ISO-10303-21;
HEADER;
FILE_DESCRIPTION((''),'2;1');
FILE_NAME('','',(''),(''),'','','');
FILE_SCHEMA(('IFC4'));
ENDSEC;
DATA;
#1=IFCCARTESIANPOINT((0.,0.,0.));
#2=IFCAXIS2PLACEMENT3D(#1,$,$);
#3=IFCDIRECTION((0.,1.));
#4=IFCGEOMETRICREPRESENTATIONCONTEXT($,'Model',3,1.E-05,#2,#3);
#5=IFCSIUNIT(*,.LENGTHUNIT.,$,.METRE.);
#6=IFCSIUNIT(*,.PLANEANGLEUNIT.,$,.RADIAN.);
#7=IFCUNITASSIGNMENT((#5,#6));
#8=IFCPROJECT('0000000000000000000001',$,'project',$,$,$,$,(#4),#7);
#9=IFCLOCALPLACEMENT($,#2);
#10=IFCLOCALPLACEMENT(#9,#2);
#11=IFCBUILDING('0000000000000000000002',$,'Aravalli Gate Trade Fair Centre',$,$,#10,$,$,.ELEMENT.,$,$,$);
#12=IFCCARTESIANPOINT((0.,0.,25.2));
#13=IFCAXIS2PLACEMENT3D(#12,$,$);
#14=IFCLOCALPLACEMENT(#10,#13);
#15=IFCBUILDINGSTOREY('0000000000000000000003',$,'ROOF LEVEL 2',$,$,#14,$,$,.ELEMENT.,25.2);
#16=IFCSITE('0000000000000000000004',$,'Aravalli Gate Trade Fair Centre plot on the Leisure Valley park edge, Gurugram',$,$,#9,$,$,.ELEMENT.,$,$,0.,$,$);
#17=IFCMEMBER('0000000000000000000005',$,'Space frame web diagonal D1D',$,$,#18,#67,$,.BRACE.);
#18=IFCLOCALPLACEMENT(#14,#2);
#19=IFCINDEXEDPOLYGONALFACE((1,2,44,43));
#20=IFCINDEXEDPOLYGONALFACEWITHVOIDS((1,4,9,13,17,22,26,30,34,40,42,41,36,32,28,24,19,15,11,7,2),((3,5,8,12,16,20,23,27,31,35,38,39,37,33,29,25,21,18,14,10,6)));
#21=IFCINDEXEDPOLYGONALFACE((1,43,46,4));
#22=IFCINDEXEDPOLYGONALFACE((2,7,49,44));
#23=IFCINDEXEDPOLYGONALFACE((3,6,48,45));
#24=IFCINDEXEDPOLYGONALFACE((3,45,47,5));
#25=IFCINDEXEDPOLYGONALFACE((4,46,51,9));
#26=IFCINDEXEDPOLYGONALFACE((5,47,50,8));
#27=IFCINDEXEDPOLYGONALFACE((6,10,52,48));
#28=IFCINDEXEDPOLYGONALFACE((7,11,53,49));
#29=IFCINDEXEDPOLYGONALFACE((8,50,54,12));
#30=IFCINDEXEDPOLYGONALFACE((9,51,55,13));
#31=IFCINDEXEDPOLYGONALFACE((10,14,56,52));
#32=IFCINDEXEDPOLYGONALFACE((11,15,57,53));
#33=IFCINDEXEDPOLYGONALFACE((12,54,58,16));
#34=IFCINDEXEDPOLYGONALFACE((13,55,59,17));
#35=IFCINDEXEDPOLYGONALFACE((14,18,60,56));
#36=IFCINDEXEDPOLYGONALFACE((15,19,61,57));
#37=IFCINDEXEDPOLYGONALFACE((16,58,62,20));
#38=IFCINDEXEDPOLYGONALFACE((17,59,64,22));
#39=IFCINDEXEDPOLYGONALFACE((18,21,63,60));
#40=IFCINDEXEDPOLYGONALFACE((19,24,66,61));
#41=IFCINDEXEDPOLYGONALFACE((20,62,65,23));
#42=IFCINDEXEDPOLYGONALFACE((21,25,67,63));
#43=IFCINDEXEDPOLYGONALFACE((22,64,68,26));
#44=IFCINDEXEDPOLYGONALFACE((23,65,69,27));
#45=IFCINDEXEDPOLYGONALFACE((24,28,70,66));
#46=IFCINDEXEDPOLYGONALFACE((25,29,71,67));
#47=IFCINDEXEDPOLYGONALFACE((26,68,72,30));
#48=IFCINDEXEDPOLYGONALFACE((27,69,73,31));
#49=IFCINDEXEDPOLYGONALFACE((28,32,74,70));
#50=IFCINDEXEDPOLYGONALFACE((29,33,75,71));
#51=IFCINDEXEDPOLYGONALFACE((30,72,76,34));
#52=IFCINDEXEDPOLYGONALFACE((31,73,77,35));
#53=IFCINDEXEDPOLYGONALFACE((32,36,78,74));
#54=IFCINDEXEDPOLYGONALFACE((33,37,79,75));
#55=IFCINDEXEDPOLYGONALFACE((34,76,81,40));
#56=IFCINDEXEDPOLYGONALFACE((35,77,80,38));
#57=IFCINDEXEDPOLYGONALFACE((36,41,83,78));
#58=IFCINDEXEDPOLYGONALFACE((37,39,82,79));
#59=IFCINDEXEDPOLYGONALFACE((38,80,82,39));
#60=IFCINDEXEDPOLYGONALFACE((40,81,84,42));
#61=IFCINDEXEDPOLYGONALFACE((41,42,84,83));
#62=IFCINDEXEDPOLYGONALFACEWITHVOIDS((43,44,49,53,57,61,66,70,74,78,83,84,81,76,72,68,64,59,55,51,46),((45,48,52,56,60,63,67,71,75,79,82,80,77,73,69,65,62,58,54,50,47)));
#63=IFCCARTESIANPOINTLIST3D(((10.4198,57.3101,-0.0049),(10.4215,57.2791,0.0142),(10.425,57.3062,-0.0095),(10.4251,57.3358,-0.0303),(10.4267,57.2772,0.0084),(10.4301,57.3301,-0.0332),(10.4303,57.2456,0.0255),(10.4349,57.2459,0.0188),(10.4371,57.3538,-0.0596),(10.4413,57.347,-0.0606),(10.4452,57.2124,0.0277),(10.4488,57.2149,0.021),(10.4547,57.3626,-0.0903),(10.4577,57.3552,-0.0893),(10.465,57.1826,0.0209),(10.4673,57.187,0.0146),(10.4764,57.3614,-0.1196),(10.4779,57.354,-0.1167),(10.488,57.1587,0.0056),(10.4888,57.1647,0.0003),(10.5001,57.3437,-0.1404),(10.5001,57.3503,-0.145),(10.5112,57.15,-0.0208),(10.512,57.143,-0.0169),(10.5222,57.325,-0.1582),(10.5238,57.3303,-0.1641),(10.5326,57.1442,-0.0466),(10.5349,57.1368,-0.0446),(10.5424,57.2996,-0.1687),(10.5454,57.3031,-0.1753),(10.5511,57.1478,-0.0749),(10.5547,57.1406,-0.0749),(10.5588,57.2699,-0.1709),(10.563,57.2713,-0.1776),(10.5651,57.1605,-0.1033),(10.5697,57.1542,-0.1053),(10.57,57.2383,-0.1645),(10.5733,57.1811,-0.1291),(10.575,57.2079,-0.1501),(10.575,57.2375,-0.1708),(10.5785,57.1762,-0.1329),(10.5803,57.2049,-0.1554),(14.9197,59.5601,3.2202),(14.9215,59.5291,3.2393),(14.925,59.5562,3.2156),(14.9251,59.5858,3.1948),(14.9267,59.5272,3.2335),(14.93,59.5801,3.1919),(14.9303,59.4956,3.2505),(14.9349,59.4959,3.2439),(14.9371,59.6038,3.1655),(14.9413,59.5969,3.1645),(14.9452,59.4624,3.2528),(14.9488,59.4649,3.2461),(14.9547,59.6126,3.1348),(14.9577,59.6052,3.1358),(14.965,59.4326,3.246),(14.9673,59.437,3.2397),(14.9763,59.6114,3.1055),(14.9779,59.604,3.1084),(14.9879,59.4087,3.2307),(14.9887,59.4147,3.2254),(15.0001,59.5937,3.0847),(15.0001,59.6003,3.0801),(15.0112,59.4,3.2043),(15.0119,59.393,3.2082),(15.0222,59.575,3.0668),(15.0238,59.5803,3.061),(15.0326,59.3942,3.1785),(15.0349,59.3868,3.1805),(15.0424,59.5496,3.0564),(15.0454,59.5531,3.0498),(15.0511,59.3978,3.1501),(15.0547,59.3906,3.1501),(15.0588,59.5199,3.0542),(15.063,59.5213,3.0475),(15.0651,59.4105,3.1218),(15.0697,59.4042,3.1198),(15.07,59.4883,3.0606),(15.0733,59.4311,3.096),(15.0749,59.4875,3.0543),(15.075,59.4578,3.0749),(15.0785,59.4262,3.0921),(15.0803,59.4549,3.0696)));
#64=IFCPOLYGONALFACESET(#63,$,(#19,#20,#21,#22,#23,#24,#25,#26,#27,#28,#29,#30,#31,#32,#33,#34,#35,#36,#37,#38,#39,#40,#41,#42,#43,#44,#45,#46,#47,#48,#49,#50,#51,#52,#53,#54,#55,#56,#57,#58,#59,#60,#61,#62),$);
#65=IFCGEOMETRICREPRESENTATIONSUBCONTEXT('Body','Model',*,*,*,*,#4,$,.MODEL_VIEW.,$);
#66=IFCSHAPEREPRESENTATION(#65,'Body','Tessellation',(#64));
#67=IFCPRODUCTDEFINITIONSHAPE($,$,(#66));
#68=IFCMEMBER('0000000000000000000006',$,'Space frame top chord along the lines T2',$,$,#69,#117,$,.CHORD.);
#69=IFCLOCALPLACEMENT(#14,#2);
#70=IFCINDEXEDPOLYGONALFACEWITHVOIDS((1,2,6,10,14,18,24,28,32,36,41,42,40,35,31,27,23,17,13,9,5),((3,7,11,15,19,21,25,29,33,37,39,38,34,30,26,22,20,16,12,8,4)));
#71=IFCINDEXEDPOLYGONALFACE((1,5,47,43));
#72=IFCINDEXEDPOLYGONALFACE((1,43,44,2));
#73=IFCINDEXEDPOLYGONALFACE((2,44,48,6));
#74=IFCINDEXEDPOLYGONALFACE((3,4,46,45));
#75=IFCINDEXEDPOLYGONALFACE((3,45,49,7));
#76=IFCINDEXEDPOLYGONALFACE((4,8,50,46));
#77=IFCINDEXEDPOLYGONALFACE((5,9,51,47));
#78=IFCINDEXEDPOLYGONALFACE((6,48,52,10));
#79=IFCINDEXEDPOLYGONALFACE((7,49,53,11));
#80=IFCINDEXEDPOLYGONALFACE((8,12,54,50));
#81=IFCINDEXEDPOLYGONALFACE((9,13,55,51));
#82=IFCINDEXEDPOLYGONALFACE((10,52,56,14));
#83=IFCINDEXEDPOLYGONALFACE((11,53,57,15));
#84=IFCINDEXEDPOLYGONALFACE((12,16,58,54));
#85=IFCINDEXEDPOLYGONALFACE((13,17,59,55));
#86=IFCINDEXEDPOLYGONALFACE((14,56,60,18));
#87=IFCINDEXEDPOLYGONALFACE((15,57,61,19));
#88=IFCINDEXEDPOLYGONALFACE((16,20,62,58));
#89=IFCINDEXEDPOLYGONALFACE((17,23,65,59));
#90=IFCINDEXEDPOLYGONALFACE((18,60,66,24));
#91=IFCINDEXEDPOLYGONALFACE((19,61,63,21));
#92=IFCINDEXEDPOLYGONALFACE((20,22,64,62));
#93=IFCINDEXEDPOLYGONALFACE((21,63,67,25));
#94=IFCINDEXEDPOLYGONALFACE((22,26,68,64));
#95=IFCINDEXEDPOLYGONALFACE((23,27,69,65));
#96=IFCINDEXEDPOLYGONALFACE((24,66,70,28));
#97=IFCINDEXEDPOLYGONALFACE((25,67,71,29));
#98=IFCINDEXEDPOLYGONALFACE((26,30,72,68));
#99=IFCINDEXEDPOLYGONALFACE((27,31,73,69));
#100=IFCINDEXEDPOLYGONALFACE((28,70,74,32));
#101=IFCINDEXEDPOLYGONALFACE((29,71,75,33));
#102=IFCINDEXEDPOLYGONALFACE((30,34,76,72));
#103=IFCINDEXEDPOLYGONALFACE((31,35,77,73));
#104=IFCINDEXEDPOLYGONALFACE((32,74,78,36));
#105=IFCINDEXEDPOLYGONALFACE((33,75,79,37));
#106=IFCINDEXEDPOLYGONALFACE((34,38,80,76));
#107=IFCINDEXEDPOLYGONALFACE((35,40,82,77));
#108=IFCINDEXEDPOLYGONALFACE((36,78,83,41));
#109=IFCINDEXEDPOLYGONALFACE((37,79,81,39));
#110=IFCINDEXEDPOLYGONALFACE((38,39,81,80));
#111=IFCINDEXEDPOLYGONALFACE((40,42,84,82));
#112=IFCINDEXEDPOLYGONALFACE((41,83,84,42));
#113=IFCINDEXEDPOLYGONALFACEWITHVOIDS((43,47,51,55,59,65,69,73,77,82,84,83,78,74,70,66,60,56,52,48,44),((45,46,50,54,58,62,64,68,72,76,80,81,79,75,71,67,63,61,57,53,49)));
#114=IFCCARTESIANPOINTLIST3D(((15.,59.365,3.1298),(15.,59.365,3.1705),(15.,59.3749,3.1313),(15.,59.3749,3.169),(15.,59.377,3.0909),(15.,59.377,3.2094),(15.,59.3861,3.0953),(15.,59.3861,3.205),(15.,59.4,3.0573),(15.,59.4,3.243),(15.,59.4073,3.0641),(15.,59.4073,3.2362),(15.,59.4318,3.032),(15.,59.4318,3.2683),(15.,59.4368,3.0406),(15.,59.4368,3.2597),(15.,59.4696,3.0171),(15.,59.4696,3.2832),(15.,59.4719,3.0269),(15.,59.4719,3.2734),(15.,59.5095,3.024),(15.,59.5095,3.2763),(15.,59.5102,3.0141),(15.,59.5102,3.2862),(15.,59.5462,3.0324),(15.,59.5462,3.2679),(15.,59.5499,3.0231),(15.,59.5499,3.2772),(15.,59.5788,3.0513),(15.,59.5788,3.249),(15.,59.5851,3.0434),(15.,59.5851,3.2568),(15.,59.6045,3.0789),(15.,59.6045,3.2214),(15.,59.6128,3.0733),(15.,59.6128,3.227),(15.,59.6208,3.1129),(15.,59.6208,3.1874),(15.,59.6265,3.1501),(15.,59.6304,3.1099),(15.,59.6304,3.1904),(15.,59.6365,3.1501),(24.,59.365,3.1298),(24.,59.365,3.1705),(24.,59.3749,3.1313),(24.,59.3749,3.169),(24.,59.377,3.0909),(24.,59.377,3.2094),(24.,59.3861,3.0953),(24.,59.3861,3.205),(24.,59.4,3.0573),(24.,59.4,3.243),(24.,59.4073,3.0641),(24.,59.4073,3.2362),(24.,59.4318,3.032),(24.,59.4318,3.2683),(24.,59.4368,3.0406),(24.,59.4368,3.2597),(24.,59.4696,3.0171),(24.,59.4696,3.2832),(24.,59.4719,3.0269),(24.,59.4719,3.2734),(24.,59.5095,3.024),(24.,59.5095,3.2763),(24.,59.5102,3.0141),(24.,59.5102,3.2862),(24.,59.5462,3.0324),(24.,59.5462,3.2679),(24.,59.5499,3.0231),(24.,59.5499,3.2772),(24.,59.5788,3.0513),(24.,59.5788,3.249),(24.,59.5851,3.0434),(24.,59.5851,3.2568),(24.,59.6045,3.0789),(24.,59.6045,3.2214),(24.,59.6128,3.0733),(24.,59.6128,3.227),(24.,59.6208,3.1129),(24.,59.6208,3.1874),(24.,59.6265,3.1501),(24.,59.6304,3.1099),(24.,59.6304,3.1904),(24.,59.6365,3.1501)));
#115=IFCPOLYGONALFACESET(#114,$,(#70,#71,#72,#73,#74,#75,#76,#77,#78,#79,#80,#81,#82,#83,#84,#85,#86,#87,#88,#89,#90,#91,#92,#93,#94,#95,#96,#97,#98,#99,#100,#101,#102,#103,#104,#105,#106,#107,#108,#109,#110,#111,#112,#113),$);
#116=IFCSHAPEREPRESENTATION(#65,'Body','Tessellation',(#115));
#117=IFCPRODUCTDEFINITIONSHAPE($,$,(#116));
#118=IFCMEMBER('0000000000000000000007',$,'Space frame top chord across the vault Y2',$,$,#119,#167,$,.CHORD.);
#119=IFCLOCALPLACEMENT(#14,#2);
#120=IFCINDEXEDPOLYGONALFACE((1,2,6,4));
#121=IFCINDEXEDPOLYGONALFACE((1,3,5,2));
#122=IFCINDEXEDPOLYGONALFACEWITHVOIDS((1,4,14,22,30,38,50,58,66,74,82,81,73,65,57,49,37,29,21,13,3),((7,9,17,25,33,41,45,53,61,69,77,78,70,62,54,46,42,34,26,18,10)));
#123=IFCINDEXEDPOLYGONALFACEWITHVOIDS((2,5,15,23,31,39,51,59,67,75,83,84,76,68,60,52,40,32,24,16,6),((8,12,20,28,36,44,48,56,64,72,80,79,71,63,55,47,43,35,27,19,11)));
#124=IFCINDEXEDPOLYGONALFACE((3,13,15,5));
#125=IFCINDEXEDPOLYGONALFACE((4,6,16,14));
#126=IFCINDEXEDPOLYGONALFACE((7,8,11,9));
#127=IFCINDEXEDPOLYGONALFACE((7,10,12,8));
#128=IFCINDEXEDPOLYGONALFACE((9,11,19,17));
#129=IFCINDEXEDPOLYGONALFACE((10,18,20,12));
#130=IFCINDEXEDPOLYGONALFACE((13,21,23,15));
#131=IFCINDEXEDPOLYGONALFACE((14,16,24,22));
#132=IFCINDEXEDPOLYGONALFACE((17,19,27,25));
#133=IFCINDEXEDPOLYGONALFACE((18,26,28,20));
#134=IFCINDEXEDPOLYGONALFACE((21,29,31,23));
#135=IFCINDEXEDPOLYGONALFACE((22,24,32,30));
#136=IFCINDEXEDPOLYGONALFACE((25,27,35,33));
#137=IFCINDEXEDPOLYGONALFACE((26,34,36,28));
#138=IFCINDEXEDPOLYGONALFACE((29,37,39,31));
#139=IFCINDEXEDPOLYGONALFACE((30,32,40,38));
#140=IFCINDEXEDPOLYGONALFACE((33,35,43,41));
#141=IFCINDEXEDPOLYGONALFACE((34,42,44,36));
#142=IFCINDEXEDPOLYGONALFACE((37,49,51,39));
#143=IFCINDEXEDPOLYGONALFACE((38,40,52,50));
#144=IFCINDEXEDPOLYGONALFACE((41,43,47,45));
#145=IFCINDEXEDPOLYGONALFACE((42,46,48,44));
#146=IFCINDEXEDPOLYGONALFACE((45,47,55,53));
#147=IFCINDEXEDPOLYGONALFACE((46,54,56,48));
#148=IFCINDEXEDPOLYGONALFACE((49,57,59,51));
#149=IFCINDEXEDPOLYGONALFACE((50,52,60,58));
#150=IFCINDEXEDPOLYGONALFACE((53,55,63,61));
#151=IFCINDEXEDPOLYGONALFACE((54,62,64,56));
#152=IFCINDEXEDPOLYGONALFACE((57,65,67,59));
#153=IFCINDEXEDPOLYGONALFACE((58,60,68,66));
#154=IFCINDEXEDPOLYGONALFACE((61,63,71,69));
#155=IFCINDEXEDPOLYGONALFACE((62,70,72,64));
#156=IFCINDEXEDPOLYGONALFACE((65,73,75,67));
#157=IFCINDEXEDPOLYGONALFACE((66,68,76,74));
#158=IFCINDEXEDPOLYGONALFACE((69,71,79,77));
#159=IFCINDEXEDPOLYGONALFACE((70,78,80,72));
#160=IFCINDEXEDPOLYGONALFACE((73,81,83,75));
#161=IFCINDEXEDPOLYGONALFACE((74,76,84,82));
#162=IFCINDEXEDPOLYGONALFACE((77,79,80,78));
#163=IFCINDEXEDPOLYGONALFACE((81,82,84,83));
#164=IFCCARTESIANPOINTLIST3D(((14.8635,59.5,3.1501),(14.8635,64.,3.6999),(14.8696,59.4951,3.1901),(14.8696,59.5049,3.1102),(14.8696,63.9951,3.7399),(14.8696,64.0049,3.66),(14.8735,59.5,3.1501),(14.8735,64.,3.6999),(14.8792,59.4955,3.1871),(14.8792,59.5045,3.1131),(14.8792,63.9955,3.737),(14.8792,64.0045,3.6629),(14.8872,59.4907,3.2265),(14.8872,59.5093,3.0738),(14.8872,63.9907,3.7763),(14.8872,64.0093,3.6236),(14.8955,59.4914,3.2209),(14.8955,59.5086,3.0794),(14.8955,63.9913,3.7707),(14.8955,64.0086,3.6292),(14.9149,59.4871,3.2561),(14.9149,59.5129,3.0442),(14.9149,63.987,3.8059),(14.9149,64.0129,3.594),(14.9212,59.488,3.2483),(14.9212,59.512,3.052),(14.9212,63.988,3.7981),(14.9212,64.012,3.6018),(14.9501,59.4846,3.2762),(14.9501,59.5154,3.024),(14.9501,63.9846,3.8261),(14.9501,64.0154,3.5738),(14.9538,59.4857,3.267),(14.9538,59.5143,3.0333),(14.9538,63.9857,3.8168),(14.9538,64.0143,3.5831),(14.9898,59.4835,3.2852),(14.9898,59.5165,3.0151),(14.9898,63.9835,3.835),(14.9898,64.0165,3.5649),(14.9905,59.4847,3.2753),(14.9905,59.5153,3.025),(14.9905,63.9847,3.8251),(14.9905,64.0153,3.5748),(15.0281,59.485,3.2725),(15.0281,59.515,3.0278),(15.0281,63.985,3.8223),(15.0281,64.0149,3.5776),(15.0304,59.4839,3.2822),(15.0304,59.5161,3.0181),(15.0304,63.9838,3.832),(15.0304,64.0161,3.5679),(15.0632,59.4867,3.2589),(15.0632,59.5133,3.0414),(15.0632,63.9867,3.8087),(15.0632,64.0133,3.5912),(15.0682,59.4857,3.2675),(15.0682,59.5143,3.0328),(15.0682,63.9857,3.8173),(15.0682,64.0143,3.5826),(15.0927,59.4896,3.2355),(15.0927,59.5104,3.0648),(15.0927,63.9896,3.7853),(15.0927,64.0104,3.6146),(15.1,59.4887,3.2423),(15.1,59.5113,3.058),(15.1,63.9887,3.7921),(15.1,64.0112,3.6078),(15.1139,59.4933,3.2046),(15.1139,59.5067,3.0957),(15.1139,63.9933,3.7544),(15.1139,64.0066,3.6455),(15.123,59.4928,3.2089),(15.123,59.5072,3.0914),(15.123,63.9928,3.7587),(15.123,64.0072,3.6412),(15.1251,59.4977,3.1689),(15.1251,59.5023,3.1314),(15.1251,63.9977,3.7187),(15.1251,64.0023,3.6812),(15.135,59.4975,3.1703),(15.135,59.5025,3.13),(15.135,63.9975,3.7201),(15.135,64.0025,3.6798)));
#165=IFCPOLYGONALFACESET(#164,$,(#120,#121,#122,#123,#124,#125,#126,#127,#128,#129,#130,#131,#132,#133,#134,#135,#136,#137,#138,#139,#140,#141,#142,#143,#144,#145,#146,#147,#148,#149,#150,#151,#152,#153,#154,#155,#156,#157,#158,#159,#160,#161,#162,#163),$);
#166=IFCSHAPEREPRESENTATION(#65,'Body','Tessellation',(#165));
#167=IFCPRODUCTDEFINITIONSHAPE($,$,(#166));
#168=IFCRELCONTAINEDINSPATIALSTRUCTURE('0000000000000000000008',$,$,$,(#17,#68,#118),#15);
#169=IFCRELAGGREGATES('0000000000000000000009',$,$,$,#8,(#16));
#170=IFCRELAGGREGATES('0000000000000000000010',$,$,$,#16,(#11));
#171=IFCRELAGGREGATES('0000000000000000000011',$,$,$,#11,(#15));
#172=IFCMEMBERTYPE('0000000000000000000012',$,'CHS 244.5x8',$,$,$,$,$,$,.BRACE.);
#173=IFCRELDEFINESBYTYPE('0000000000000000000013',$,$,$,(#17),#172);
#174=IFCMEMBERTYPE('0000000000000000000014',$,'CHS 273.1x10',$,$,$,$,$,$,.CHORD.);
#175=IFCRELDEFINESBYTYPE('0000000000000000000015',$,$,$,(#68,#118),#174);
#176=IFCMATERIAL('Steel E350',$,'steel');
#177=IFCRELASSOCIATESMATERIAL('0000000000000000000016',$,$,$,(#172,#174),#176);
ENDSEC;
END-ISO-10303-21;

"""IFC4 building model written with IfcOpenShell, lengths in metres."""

from ifc_helpers import new_model, si_unit, direction, frame, origin, origin_2d, place, context, subcontext, project, spatial, hollow_circle, extrude, material, material_profile, profile_set, type_object, element, save


model = new_model("IFC4")

# Units and contexts
model_context = context("Model", 3, precision=1e-05, world=origin(), true_north=direction((0.0, 1.0)))
body_context = subcontext(model_context, "Body", "Model", "MODEL_VIEW")
ifc_project = project(units=[si_unit("LENGTHUNIT", "METRE"), si_unit("PLANEANGLEUNIT", "RADIAN")], contexts=[model_context])

# Site, building, storey
site_placement = place(None, origin())
site = spatial("IfcSite", under=ifc_project, at=site_placement, Name="Aravalli Gate Trade Fair Centre plot on the Leisure Valley park edge, Gurugram", CompositionType="ELEMENT", RefElevation=0.0)
building_placement = place(site_placement, origin())
building = spatial("IfcBuilding", under=site, at=building_placement, Name="Aravalli Gate Trade Fair Centre", CompositionType="ELEMENT")
storey_placement = place(building_placement, frame((0.0, 0.0, 25.2)))
storey = spatial("IfcBuildingStorey", under=building, at=storey_placement, Name="ROOF LEVEL 2", CompositionType="ELEMENT", Elevation=25.2)

# Members
ifc_material_1 = material(Name="Steel E350", Category="steel")
ifc_material_profile_1 = material_profile(ifc_material_1, hollow_circle(Radius=0.1223, WallThickness=0.0081, at=origin_2d()), Name="CHS 244.5x8")
ifc_profile_set_1 = profile_set([ifc_material_profile_1], Name="Steel E350")
member_type_1 = type_object("IfcMemberType", Name="CHS 244.5x8", PredefinedType="BRACE", material=ifc_profile_set_1)
for number, where, z_axis, x_axis, name in (
    (1, (15.0, 59.5, 3.1501), (-0.753, -0.3765, -0.539666), (0.447214, -0.894427, 0.0), "Space frame web diagonal D1D"),
):
    element("IfcMember", number, at=place(storey_placement, frame(where, z_axis=z_axis, x_axis=x_axis)), inside=storey, type_object=member_type_1, Name=name, PredefinedType="BRACE", context=body_context, shape_type="SweptSolid", body=[
        extrude(hollow_circle(Radius=0.1223, WallThickness=0.0081, at=origin_2d()), origin(), (0.0, 0.0, 1.0), 5.9761),
    ])
ifc_material_profile_2 = material_profile(ifc_material_1, hollow_circle(Radius=0.1365, WallThickness=0.01, at=origin_2d()), Name="CHS 273.1x10")
ifc_profile_set_2 = profile_set([ifc_material_profile_2], Name="Steel E350")
member_type_2 = type_object("IfcMemberType", Name="CHS 273.1x10", PredefinedType="CHORD", material=ifc_profile_set_2)
member_1_placement = place(storey_placement, frame((15.0, 59.5, 3.1501), z_axis=(1.0, 0.0, 0.0), x_axis=(0.0, 1.0, 0.0)))
element("IfcMember", 2, at=member_1_placement, inside=storey, type_object=member_type_2, Name="Space frame top chord along the lines T2", PredefinedType="CHORD", context=body_context, shape_type="SweptSolid", body=[
    extrude(hollow_circle(Radius=0.1365, WallThickness=0.01, at=origin_2d()), origin(), (0.0, 0.0, 1.0), 9.0),
])
member_2_placement = place(storey_placement, frame((15.0, 59.5, 3.1501), z_axis=(0.0, 0.992619, 0.121277), x_axis=(-1.0, 0.0, 0.0)))
element("IfcMember", 3, at=member_2_placement, inside=storey, type_object=member_type_2, Name="Space frame top chord across the vault Y2", PredefinedType="CHORD", context=body_context, shape_type="SweptSolid", body=[
    extrude(hollow_circle(Radius=0.1365, WallThickness=0.01, at=origin_2d()), origin(), (0.0, 0.0, 1.0), 4.5334),
])

save(model, "model.ifc")
